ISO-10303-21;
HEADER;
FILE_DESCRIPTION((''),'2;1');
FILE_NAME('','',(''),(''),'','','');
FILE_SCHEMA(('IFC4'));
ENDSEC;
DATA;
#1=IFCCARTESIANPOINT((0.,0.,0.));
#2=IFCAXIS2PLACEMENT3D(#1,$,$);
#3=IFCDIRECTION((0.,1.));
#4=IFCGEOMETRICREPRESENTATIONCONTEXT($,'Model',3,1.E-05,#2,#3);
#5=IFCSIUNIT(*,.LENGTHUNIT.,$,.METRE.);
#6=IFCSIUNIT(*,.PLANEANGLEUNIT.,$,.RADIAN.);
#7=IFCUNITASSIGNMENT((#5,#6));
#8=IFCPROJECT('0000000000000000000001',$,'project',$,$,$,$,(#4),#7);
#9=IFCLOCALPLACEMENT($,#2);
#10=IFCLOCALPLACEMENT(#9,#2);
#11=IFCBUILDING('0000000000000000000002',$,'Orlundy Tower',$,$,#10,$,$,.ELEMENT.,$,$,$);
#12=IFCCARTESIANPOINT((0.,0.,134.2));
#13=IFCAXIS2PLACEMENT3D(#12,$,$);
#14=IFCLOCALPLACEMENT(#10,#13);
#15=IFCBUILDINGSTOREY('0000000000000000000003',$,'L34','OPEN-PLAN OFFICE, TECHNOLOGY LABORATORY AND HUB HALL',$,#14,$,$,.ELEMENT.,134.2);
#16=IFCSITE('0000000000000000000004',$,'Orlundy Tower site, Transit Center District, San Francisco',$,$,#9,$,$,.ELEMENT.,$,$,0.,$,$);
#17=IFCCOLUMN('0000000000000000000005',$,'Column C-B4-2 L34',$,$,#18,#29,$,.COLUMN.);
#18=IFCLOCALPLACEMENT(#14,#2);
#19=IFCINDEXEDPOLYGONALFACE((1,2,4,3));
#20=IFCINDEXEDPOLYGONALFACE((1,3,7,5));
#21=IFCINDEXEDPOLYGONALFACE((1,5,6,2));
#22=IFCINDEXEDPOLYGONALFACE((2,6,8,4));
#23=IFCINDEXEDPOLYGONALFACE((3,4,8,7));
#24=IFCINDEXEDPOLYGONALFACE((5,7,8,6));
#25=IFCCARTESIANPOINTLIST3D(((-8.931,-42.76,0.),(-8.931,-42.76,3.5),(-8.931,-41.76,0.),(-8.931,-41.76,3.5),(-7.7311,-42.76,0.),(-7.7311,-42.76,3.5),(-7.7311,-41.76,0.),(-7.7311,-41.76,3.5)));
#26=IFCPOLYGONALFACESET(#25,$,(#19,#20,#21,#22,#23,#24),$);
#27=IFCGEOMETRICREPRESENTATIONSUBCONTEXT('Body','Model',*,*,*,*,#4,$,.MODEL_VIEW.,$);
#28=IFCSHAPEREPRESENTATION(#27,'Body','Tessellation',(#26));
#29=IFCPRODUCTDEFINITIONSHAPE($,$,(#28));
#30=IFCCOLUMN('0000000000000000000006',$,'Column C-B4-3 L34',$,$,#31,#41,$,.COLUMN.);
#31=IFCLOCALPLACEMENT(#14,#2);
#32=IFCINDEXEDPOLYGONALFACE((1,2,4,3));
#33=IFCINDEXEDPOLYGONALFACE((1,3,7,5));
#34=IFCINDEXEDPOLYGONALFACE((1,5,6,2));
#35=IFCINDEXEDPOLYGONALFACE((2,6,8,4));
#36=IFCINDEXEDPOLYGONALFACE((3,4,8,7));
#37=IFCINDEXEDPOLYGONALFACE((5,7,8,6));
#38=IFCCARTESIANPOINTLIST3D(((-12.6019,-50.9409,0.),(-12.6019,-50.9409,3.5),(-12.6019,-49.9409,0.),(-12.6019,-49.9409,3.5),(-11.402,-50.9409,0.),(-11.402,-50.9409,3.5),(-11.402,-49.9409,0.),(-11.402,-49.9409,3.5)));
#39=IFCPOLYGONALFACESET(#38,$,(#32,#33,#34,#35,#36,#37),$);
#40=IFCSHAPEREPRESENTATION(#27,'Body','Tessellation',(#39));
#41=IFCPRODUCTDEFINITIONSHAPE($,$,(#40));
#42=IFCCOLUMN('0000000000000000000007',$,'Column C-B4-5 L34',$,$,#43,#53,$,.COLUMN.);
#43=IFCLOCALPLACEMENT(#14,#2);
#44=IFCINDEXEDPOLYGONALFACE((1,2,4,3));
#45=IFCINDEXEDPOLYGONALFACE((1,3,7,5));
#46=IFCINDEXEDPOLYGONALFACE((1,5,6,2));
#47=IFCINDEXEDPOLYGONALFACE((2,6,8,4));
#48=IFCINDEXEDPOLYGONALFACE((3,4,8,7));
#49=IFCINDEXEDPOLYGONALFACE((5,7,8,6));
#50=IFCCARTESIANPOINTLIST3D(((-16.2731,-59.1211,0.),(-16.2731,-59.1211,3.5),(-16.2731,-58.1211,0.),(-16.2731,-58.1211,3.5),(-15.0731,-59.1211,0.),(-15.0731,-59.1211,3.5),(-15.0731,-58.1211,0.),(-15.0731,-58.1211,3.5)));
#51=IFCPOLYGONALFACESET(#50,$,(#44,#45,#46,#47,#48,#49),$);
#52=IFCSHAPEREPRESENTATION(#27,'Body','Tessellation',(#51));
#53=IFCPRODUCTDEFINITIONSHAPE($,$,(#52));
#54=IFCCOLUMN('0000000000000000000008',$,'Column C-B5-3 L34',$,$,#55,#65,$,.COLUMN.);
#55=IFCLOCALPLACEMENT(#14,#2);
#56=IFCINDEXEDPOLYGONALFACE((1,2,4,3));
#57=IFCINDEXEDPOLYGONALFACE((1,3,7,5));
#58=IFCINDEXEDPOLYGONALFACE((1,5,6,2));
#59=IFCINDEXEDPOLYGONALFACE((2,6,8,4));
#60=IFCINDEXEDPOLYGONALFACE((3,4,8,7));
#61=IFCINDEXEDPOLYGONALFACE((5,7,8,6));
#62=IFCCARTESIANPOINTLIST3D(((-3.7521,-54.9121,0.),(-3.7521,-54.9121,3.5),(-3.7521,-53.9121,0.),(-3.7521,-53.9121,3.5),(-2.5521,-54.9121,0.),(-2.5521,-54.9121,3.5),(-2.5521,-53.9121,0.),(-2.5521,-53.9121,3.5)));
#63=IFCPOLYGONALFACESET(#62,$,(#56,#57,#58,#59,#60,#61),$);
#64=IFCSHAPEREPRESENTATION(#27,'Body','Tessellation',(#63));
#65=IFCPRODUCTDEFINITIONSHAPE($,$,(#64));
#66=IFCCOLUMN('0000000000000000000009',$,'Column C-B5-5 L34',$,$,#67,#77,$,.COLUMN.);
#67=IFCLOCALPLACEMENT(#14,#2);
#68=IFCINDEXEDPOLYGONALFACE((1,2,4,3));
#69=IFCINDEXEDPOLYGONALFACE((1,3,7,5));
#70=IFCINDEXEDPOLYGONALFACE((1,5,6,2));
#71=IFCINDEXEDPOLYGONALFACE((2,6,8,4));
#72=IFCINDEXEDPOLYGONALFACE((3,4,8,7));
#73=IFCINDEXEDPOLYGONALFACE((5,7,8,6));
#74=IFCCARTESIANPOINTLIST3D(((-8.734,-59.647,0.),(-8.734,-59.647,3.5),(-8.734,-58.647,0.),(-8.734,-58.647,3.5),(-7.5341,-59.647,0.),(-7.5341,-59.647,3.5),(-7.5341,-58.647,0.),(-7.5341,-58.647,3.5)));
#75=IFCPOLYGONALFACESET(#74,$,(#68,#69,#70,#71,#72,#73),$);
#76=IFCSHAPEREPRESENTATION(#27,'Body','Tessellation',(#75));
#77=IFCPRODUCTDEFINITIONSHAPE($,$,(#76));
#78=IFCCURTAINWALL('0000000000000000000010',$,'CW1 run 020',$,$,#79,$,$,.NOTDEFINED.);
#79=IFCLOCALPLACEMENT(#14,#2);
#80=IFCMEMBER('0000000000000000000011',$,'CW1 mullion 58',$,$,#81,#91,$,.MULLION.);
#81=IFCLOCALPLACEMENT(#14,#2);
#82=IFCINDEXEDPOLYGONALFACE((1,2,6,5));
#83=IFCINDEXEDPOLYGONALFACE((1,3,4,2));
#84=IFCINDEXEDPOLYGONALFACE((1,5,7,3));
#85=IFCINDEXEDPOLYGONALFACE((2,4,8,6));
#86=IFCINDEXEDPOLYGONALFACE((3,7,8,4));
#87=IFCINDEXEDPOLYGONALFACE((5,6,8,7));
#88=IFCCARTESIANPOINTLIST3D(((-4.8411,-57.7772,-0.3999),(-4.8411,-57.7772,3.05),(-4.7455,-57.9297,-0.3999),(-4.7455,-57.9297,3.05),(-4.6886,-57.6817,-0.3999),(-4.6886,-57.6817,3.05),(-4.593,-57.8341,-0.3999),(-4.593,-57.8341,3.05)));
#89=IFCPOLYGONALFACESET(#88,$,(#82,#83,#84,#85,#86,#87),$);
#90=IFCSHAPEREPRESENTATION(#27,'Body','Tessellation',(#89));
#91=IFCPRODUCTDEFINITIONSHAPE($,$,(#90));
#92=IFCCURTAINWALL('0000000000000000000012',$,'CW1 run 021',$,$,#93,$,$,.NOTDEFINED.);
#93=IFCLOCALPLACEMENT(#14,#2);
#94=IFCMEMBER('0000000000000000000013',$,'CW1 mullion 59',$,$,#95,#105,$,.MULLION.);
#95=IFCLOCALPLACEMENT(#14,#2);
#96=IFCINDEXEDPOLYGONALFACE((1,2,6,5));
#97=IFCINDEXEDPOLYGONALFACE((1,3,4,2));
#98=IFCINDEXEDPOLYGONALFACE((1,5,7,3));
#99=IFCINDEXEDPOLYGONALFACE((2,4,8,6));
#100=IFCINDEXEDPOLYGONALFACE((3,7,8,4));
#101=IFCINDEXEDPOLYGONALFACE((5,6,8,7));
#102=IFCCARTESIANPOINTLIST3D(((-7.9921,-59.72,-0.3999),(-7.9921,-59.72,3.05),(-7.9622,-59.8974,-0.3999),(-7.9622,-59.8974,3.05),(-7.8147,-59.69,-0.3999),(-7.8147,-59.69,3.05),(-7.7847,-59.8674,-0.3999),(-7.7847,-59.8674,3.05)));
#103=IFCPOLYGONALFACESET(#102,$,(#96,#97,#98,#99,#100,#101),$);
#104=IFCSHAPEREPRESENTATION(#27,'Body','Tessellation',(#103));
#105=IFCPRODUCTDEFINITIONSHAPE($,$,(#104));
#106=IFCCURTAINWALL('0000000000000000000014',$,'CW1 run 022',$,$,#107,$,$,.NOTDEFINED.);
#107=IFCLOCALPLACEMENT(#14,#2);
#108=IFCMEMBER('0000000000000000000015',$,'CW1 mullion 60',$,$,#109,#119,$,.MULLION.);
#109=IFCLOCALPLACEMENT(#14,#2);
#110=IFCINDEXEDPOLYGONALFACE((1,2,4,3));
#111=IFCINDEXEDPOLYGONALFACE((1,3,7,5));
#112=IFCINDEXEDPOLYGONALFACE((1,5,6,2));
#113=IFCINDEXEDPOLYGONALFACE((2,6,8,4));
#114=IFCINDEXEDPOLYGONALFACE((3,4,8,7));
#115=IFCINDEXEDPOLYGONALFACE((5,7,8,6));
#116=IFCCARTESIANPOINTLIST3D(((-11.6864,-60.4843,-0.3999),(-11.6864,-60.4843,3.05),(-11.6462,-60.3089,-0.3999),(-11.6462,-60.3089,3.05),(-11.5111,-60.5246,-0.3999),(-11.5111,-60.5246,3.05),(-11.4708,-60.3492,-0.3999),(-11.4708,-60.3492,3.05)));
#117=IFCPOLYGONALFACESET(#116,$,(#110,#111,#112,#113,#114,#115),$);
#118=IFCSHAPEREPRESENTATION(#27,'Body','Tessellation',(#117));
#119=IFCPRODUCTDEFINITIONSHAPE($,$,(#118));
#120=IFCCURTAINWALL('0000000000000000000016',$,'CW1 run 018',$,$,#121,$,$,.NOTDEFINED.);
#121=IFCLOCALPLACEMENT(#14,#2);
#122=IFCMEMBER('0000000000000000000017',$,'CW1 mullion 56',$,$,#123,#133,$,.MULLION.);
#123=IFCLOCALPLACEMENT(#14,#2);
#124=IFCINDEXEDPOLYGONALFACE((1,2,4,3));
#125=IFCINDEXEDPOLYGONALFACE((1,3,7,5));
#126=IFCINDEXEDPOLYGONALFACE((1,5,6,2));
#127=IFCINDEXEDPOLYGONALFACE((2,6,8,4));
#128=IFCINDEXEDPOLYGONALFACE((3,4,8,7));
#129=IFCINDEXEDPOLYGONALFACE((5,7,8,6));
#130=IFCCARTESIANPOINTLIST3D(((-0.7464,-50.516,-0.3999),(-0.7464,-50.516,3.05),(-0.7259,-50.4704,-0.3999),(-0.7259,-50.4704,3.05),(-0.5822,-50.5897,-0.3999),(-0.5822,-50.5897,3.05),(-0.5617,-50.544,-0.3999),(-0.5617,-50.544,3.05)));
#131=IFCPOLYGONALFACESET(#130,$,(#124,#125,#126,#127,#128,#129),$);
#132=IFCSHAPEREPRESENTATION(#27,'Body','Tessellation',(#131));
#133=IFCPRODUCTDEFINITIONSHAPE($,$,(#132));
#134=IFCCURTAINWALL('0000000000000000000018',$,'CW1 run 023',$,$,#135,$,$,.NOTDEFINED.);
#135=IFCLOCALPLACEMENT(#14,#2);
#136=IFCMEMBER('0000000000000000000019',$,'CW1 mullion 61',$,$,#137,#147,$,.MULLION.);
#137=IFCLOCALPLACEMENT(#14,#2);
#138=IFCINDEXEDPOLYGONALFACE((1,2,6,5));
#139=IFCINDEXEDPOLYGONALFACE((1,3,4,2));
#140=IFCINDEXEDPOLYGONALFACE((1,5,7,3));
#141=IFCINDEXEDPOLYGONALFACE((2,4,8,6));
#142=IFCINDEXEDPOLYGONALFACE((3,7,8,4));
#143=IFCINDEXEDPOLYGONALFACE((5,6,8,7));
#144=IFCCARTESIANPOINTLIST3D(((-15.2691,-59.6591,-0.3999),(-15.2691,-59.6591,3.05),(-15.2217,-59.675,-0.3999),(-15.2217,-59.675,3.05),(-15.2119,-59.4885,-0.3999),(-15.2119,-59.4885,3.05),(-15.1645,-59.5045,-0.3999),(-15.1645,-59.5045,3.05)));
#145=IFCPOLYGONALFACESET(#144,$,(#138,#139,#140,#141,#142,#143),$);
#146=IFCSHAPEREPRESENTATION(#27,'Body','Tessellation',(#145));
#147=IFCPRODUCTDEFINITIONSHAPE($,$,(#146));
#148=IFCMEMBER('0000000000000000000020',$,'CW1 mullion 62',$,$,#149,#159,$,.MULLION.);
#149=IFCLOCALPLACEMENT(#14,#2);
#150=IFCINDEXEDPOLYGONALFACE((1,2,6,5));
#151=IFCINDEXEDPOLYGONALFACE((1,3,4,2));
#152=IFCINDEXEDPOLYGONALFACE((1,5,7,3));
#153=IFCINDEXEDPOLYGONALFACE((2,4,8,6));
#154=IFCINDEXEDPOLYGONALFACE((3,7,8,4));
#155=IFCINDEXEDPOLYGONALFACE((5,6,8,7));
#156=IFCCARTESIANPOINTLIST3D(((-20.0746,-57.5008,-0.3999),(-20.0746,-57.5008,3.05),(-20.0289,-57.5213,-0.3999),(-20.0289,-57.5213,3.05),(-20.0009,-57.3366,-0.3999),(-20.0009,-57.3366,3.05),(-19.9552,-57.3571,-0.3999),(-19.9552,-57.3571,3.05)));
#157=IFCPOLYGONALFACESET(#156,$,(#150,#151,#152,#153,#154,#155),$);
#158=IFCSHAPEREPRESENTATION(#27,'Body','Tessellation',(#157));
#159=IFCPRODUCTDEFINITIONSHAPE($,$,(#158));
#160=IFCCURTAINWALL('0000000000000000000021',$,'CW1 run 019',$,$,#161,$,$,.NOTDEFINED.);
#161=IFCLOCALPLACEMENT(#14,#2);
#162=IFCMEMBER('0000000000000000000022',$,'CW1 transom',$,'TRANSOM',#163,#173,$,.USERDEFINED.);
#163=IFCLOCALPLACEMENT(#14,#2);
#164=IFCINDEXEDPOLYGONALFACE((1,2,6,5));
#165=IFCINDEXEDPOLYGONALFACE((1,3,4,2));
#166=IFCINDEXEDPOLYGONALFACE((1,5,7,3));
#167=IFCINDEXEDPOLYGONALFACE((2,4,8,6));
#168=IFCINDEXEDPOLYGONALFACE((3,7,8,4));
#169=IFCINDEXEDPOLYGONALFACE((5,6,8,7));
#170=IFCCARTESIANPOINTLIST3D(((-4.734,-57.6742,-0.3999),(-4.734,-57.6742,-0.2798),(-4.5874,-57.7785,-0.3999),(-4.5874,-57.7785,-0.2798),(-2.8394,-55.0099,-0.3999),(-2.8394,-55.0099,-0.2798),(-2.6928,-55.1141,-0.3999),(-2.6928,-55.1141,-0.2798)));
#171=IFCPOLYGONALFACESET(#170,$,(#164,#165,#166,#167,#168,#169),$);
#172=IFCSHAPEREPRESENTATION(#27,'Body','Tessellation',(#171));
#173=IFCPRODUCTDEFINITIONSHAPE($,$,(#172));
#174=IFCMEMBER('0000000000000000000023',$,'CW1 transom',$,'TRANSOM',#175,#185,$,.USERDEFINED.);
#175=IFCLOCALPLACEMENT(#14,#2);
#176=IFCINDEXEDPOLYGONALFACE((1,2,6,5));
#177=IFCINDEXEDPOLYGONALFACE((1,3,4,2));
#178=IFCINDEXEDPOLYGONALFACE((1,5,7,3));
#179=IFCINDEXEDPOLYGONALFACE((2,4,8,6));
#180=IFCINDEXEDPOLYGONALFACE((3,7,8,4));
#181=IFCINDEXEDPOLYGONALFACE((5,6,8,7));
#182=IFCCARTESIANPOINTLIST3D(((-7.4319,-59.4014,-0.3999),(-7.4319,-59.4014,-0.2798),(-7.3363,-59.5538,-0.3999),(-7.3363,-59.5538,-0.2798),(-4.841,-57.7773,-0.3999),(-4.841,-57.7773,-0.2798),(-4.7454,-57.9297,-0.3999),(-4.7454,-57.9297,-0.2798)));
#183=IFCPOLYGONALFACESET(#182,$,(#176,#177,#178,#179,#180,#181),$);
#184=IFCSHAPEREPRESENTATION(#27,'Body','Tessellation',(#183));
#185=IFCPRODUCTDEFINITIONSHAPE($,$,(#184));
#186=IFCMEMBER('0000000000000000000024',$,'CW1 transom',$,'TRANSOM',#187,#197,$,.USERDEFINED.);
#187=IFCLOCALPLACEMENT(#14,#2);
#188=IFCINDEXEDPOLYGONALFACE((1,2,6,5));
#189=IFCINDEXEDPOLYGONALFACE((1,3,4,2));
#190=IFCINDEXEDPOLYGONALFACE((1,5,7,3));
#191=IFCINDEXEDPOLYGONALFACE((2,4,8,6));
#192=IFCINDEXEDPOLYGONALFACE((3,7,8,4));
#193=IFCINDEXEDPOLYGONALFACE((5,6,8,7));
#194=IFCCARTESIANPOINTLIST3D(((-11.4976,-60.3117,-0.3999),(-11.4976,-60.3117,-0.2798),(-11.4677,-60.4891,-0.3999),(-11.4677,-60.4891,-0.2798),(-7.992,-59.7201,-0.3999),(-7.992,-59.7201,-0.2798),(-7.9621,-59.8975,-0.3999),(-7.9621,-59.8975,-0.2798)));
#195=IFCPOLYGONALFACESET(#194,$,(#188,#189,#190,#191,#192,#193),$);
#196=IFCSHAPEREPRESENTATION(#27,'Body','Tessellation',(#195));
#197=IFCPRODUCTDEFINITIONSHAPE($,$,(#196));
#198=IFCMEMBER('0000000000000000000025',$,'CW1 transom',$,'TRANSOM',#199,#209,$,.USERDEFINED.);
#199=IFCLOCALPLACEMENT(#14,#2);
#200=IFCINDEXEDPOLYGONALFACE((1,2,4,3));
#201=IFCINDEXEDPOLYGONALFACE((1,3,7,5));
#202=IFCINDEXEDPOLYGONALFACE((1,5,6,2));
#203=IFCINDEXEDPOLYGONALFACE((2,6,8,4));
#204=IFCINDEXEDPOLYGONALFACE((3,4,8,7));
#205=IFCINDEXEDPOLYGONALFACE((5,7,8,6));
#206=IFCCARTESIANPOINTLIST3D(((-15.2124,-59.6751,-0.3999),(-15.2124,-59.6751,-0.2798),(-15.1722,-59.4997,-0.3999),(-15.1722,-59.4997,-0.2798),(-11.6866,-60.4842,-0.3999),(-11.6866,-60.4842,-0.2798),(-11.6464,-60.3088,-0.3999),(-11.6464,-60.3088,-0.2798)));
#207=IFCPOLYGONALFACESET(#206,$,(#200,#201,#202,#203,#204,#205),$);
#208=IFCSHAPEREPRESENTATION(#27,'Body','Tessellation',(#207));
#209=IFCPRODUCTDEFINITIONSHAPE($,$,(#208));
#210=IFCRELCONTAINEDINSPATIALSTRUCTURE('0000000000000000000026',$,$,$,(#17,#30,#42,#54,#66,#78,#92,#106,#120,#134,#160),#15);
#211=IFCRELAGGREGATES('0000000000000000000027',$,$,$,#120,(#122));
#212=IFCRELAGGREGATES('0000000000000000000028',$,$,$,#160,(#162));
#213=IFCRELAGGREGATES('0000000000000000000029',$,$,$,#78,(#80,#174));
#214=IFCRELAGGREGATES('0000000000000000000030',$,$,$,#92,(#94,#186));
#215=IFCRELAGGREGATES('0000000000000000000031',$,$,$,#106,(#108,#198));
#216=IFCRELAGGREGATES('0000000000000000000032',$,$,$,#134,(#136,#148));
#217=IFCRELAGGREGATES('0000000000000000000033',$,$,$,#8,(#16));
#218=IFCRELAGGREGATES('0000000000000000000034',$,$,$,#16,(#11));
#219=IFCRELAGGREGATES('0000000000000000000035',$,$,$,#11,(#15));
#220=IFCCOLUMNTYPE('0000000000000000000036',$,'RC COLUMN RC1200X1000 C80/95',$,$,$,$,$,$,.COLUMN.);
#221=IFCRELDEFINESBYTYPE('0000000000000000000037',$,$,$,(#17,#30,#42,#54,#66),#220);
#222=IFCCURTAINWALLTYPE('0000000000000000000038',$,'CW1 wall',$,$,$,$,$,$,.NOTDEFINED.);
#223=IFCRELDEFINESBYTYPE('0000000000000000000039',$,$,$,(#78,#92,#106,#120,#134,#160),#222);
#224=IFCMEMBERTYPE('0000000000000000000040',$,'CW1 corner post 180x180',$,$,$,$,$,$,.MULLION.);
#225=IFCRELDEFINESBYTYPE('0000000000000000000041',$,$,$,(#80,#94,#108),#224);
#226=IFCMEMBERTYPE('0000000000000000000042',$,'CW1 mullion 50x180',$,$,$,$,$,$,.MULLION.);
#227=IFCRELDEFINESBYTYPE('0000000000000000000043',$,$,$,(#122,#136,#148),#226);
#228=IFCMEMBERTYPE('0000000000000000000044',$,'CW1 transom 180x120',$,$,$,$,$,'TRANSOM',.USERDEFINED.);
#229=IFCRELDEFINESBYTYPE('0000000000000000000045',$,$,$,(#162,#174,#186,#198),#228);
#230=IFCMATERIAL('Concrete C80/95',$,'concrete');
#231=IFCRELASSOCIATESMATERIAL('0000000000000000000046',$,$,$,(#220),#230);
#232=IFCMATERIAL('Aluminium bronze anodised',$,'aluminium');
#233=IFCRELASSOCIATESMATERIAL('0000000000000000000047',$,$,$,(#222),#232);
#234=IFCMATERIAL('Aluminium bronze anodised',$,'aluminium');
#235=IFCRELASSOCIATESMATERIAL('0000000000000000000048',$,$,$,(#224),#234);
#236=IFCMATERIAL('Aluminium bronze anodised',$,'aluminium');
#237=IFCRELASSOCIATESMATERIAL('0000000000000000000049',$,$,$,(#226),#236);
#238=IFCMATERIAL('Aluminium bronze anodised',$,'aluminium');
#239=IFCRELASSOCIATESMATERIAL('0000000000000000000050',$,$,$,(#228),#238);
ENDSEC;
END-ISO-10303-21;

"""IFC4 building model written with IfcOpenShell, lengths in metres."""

from ifc_helpers import new_model, si_unit, direction, frame, origin, origin_2d, place, context, subcontext, project, spatial, rectangle, extrude, material, material_profile, profile_set, type_object, element, aggregate, save


model = new_model("IFC4")

# Units and contexts
model_context = context("Model", 3, precision=1e-05, world=origin(), true_north=direction((0.0, 1.0)))
body_context = subcontext(model_context, "Body", "Model", "MODEL_VIEW")
ifc_project = project(units=[si_unit("LENGTHUNIT", "METRE"), si_unit("PLANEANGLEUNIT", "RADIAN")], contexts=[model_context])

# Site, building, storey
site_placement = place(None, origin())
site = spatial("IfcSite", under=ifc_project, at=site_placement, Name="Orlundy Tower site, Transit Center District, San Francisco", CompositionType="ELEMENT", RefElevation=0.0)
building_placement = place(site_placement, origin())
building = spatial("IfcBuilding", under=site, at=building_placement, Name="Orlundy Tower", CompositionType="ELEMENT")
storey_placement = place(building_placement, frame((0.0, 0.0, 134.2)))
storey = spatial("IfcBuildingStorey", under=building, at=storey_placement, Name="L34", Description="OPEN-PLAN OFFICE, TECHNOLOGY LABORATORY AND HUB HALL", CompositionType="ELEMENT", Elevation=134.2)

# Columns
ifc_material_1 = material(Name="Concrete C80/95", Category="concrete")
ifc_material_profile_1 = material_profile(ifc_material_1, rectangle(XDim=1.2, YDim=1.0, at=origin_2d()), Name="RC1200X1000")
ifc_profile_set_1 = profile_set([ifc_material_profile_1], Name="Concrete C80/95")
column_type = type_object("IfcColumnType", Name="RC COLUMN RC1200X1000 C80/95", PredefinedType="COLUMN", material=ifc_profile_set_1)
for number, where, z_axis, x_axis, name in (
    (1, (-8.3311, -42.26, 0.0), (0.0, 0.0, 1.0), (1.0, 0.0, 0.0), "Column C-B4-2 L34"),
    (2, (-12.002, -50.4409, 0.0), (0.0, 0.0, 1.0), (1.0, 0.0, 0.0), "Column C-B4-3 L34"),
    (3, (-15.6731, -58.6211, 0.0), (0.0, 0.0, 1.0), (1.0, 0.0, 0.0), "Column C-B4-5 L34"),
    (4, (-3.1521, -54.4121, 0.0), (0.0, 0.0, 1.0), (1.0, 0.0, 0.0), "Column C-B5-3 L34"),
    (5, (-8.134, -59.147, 0.0), (0.0, 0.0, 1.0), (1.0, 0.0, 0.0), "Column C-B5-5 L34"),
):
    element("IfcColumn", number, at=place(storey_placement, frame(where, z_axis=z_axis, x_axis=x_axis)), inside=storey, type_object=column_type, Name=name, PredefinedType="COLUMN", context=body_context, shape_type="SweptSolid", body=[
        extrude(rectangle(XDim=1.2, YDim=1.0, at=origin_2d()), origin(), (0.0, 0.0, 1.0), 3.5),
    ])

# Curtain walls, members
ifc_material_2 = material(Name="Aluminium bronze anodised", Category="aluminium")
curtain_wall_type = type_object("IfcCurtainWallType", Name="CW1 wall", PredefinedType="NOTDEFINED", material=ifc_material_2)
curtain_wall_1_placement = place(storey_placement, origin())
curtain_wall_1 = element("IfcCurtainWall", 6, at=curtain_wall_1_placement, inside=storey, type_object=curtain_wall_type, Name="CW1 run 020", PredefinedType="NOTDEFINED")
ifc_material_3 = material(Name="Aluminium bronze anodised", Category="aluminium")
ifc_material_profile_2 = material_profile(ifc_material_3, rectangle(XDim=0.1799, YDim=0.1799, at=origin_2d()), Name="CW1 corner post 180x180")
ifc_profile_set_2 = profile_set([ifc_material_profile_2], Name="Aluminium bronze anodised")
member_type_1 = type_object("IfcMemberType", Name="CW1 corner post 180x180", PredefinedType="MULLION", material=ifc_profile_set_2)
member_1_placement = place(storey_placement, frame((-4.717, -57.8057, -0.3999), z_axis=(0.0, 0.0, 1.0), x_axis=(0.531138, -0.847285, 0.0)))
member_1 = element("IfcMember", 7, at=member_1_placement, type_object=member_type_1, Name="CW1 mullion 58", PredefinedType="MULLION", context=body_context, shape_type="SweptSolid", body=[
    extrude(rectangle(XDim=0.1799, YDim=0.1799, at=origin_2d()), origin(), (0.0, 0.0, 1.0), 3.45),
])
curtain_wall_2_placement = place(storey_placement, origin())
curtain_wall_2 = element("IfcCurtainWall", 8, at=curtain_wall_2_placement, inside=storey, type_object=curtain_wall_type, Name="CW1 run 021", PredefinedType="NOTDEFINED")
member_2_placement = place(storey_placement, frame((-7.8884, -59.7937, -0.3999), z_axis=(0.0, 0.0, 1.0), x_axis=(0.166455, -0.986049, 0.0)))
member_2 = element("IfcMember", 9, at=member_2_placement, type_object=member_type_1, Name="CW1 mullion 59", PredefinedType="MULLION", context=body_context, shape_type="SweptSolid", body=[
    extrude(rectangle(XDim=0.1799, YDim=0.1799, at=origin_2d()), origin(), (0.0, 0.0, 1.0), 3.45),
])
curtain_wall_3_placement = place(storey_placement, origin())
curtain_wall_3 = element("IfcCurtainWall", 10, at=curtain_wall_3_placement, inside=storey, type_object=curtain_wall_type, Name="CW1 run 022", PredefinedType="NOTDEFINED")
member_3_placement = place(storey_placement, frame((-11.5786, -60.4167, -0.3999), z_axis=(0.0, 0.0, 1.0), x_axis=(-0.223697, -0.974659, 0.0)))
member_3 = element("IfcMember", 11, at=member_3_placement, type_object=member_type_1, Name="CW1 mullion 60", PredefinedType="MULLION", context=body_context, shape_type="SweptSolid", body=[
    extrude(rectangle(XDim=0.1799, YDim=0.1799, at=origin_2d()), origin(), (0.0, 0.0, 1.0), 3.45),
])
curtain_wall_4_placement = place(storey_placement, origin())
curtain_wall_4 = element("IfcCurtainWall", 12, at=curtain_wall_4_placement, inside=storey, type_object=curtain_wall_type, Name="CW1 run 018", PredefinedType="NOTDEFINED")
ifc_material_4 = material(Name="Aluminium bronze anodised", Category="aluminium")
ifc_material_profile_3 = material_profile(ifc_material_4, rectangle(XDim=0.1799, YDim=0.05, at=origin_2d()), Name="CW1 mullion 50x180")
ifc_profile_set_3 = profile_set([ifc_material_profile_3], Name="Aluminium bronze anodised")
member_type_2 = type_object("IfcMemberType", Name="CW1 mullion 50x180", PredefinedType="MULLION", material=ifc_profile_set_3)
member_4_placement = place(storey_placement, frame((-0.6541, -50.53, -0.3999), z_axis=(0.0, 0.0, 1.0), x_axis=(0.912353, -0.409405, 0.0)))
member_4 = element("IfcMember", 13, at=member_4_placement, type_object=member_type_2, Name="CW1 mullion 56", PredefinedType="MULLION", context=body_context, shape_type="SweptSolid", body=[
    extrude(rectangle(XDim=0.1799, YDim=0.05, at=origin_2d()), origin(), (0.0, 0.0, 1.0), 3.45),
])

# Curtain wall, members
curtain_wall_5_placement = place(storey_placement, origin())
curtain_wall_5 = element("IfcCurtainWall", 14, at=curtain_wall_5_placement, inside=storey, type_object=curtain_wall_type, Name="CW1 run 023", PredefinedType="NOTDEFINED")
member_5_placement = place(storey_placement, frame((-15.2168, -59.5818, -0.3999), z_axis=(0.0, 0.0, 1.0), x_axis=(-0.318064, -0.948069, 0.0)))
member_5 = element("IfcMember", 15, at=member_5_placement, type_object=member_type_2, Name="CW1 mullion 61", PredefinedType="MULLION", context=body_context, shape_type="SweptSolid", body=[
    extrude(rectangle(XDim=0.1799, YDim=0.05, at=origin_2d()), origin(), (0.0, 0.0, 1.0), 3.45),
])
member_6_placement = place(storey_placement, frame((-20.0149, -57.429, -0.3999), z_axis=(0.0, 0.0, 1.0), x_axis=(-0.409374, -0.912366, 0.0)))
member_6 = element("IfcMember", 16, at=member_6_placement, type_object=member_type_2, Name="CW1 mullion 62", PredefinedType="MULLION", context=body_context, shape_type="SweptSolid", body=[
    extrude(rectangle(XDim=0.1799, YDim=0.05, at=origin_2d()), origin(), (0.0, 0.0, 1.0), 3.45),
])

# Curtain wall, member
curtain_wall_6_placement = place(storey_placement, origin())
curtain_wall_6 = element("IfcCurtainWall", 17, at=curtain_wall_6_placement, inside=storey, type_object=curtain_wall_type, Name="CW1 run 019", PredefinedType="NOTDEFINED")
ifc_material_5 = material(Name="Aluminium bronze anodised", Category="aluminium")
ifc_material_profile_4 = material_profile(ifc_material_5, rectangle(XDim=0.1799, YDim=0.1201, at=origin_2d()), Name="CW1 transom 180x120")
ifc_profile_set_4 = profile_set([ifc_material_profile_4], Name="Aluminium bronze anodised")
member_type_3 = type_object("IfcMemberType", Name="CW1 transom 180x120", ElementType="TRANSOM", PredefinedType="USERDEFINED", material=ifc_profile_set_4)
member_7_placement = place(storey_placement, frame((-2.7661, -55.062, -0.3398), z_axis=(-0.579506, -0.814968, 0.0), x_axis=(0.814968, -0.579506, 0.0)))
member_7 = element("IfcMember", 18, at=member_7_placement, type_object=member_type_3, Name="CW1 transom", ObjectType="TRANSOM", PredefinedType="USERDEFINED", context=body_context, shape_type="SweptSolid", body=[
    extrude(rectangle(XDim=0.1799, YDim=0.1201, at=origin_2d()), origin(), (0.0, 0.0, 1.0), 3.2693),
])

# Members
member_8_placement = place(storey_placement, frame((-4.7932, -57.8535, -0.3398), z_axis=(-0.847298, -0.531118, 0.0), x_axis=(0.531118, -0.847298, 0.0)))
member_8 = element("IfcMember", 19, at=member_8_placement, type_object=member_type_3, Name="CW1 transom", ObjectType="TRANSOM", PredefinedType="USERDEFINED", context=body_context, shape_type="SweptSolid", body=[
    extrude(rectangle(XDim=0.1799, YDim=0.1201, at=origin_2d()), origin(), (0.0, 0.0, 1.0), 3.0579),
])
member_9_placement = place(storey_placement, frame((-7.9771, -59.8088, -0.3398), z_axis=(-0.98606, -0.166392, 0.0), x_axis=(0.166392, -0.98606, 0.0)))
member_9 = element("IfcMember", 20, at=member_9_placement, type_object=member_type_3, Name="CW1 transom", ObjectType="TRANSOM", PredefinedType="USERDEFINED", context=body_context, shape_type="SweptSolid", body=[
    extrude(rectangle(XDim=0.1799, YDim=0.1201, at=origin_2d()), origin(), (0.0, 0.0, 1.0), 3.5552),
])
member_10_placement = place(storey_placement, frame((-11.6665, -60.3965, -0.3398), z_axis=(-0.974668, 0.223657, 0.0), x_axis=(-0.223657, -0.974668, 0.0)))
member_10 = element("IfcMember", 21, at=member_10_placement, type_object=member_type_3, Name="CW1 transom", ObjectType="TRANSOM", PredefinedType="USERDEFINED", context=body_context, shape_type="SweptSolid", body=[
    extrude(rectangle(XDim=0.1799, YDim=0.1201, at=origin_2d()), origin(), (0.0, 0.0, 1.0), 3.6174),
])

aggregate(curtain_wall_4, [member_4])
aggregate(curtain_wall_6, [member_7])
aggregate(curtain_wall_1, [member_1, member_8])
aggregate(curtain_wall_2, [member_2, member_9])
aggregate(curtain_wall_3, [member_3, member_10])
aggregate(curtain_wall_5, [member_5, member_6])

save(model, "model.ifc")
